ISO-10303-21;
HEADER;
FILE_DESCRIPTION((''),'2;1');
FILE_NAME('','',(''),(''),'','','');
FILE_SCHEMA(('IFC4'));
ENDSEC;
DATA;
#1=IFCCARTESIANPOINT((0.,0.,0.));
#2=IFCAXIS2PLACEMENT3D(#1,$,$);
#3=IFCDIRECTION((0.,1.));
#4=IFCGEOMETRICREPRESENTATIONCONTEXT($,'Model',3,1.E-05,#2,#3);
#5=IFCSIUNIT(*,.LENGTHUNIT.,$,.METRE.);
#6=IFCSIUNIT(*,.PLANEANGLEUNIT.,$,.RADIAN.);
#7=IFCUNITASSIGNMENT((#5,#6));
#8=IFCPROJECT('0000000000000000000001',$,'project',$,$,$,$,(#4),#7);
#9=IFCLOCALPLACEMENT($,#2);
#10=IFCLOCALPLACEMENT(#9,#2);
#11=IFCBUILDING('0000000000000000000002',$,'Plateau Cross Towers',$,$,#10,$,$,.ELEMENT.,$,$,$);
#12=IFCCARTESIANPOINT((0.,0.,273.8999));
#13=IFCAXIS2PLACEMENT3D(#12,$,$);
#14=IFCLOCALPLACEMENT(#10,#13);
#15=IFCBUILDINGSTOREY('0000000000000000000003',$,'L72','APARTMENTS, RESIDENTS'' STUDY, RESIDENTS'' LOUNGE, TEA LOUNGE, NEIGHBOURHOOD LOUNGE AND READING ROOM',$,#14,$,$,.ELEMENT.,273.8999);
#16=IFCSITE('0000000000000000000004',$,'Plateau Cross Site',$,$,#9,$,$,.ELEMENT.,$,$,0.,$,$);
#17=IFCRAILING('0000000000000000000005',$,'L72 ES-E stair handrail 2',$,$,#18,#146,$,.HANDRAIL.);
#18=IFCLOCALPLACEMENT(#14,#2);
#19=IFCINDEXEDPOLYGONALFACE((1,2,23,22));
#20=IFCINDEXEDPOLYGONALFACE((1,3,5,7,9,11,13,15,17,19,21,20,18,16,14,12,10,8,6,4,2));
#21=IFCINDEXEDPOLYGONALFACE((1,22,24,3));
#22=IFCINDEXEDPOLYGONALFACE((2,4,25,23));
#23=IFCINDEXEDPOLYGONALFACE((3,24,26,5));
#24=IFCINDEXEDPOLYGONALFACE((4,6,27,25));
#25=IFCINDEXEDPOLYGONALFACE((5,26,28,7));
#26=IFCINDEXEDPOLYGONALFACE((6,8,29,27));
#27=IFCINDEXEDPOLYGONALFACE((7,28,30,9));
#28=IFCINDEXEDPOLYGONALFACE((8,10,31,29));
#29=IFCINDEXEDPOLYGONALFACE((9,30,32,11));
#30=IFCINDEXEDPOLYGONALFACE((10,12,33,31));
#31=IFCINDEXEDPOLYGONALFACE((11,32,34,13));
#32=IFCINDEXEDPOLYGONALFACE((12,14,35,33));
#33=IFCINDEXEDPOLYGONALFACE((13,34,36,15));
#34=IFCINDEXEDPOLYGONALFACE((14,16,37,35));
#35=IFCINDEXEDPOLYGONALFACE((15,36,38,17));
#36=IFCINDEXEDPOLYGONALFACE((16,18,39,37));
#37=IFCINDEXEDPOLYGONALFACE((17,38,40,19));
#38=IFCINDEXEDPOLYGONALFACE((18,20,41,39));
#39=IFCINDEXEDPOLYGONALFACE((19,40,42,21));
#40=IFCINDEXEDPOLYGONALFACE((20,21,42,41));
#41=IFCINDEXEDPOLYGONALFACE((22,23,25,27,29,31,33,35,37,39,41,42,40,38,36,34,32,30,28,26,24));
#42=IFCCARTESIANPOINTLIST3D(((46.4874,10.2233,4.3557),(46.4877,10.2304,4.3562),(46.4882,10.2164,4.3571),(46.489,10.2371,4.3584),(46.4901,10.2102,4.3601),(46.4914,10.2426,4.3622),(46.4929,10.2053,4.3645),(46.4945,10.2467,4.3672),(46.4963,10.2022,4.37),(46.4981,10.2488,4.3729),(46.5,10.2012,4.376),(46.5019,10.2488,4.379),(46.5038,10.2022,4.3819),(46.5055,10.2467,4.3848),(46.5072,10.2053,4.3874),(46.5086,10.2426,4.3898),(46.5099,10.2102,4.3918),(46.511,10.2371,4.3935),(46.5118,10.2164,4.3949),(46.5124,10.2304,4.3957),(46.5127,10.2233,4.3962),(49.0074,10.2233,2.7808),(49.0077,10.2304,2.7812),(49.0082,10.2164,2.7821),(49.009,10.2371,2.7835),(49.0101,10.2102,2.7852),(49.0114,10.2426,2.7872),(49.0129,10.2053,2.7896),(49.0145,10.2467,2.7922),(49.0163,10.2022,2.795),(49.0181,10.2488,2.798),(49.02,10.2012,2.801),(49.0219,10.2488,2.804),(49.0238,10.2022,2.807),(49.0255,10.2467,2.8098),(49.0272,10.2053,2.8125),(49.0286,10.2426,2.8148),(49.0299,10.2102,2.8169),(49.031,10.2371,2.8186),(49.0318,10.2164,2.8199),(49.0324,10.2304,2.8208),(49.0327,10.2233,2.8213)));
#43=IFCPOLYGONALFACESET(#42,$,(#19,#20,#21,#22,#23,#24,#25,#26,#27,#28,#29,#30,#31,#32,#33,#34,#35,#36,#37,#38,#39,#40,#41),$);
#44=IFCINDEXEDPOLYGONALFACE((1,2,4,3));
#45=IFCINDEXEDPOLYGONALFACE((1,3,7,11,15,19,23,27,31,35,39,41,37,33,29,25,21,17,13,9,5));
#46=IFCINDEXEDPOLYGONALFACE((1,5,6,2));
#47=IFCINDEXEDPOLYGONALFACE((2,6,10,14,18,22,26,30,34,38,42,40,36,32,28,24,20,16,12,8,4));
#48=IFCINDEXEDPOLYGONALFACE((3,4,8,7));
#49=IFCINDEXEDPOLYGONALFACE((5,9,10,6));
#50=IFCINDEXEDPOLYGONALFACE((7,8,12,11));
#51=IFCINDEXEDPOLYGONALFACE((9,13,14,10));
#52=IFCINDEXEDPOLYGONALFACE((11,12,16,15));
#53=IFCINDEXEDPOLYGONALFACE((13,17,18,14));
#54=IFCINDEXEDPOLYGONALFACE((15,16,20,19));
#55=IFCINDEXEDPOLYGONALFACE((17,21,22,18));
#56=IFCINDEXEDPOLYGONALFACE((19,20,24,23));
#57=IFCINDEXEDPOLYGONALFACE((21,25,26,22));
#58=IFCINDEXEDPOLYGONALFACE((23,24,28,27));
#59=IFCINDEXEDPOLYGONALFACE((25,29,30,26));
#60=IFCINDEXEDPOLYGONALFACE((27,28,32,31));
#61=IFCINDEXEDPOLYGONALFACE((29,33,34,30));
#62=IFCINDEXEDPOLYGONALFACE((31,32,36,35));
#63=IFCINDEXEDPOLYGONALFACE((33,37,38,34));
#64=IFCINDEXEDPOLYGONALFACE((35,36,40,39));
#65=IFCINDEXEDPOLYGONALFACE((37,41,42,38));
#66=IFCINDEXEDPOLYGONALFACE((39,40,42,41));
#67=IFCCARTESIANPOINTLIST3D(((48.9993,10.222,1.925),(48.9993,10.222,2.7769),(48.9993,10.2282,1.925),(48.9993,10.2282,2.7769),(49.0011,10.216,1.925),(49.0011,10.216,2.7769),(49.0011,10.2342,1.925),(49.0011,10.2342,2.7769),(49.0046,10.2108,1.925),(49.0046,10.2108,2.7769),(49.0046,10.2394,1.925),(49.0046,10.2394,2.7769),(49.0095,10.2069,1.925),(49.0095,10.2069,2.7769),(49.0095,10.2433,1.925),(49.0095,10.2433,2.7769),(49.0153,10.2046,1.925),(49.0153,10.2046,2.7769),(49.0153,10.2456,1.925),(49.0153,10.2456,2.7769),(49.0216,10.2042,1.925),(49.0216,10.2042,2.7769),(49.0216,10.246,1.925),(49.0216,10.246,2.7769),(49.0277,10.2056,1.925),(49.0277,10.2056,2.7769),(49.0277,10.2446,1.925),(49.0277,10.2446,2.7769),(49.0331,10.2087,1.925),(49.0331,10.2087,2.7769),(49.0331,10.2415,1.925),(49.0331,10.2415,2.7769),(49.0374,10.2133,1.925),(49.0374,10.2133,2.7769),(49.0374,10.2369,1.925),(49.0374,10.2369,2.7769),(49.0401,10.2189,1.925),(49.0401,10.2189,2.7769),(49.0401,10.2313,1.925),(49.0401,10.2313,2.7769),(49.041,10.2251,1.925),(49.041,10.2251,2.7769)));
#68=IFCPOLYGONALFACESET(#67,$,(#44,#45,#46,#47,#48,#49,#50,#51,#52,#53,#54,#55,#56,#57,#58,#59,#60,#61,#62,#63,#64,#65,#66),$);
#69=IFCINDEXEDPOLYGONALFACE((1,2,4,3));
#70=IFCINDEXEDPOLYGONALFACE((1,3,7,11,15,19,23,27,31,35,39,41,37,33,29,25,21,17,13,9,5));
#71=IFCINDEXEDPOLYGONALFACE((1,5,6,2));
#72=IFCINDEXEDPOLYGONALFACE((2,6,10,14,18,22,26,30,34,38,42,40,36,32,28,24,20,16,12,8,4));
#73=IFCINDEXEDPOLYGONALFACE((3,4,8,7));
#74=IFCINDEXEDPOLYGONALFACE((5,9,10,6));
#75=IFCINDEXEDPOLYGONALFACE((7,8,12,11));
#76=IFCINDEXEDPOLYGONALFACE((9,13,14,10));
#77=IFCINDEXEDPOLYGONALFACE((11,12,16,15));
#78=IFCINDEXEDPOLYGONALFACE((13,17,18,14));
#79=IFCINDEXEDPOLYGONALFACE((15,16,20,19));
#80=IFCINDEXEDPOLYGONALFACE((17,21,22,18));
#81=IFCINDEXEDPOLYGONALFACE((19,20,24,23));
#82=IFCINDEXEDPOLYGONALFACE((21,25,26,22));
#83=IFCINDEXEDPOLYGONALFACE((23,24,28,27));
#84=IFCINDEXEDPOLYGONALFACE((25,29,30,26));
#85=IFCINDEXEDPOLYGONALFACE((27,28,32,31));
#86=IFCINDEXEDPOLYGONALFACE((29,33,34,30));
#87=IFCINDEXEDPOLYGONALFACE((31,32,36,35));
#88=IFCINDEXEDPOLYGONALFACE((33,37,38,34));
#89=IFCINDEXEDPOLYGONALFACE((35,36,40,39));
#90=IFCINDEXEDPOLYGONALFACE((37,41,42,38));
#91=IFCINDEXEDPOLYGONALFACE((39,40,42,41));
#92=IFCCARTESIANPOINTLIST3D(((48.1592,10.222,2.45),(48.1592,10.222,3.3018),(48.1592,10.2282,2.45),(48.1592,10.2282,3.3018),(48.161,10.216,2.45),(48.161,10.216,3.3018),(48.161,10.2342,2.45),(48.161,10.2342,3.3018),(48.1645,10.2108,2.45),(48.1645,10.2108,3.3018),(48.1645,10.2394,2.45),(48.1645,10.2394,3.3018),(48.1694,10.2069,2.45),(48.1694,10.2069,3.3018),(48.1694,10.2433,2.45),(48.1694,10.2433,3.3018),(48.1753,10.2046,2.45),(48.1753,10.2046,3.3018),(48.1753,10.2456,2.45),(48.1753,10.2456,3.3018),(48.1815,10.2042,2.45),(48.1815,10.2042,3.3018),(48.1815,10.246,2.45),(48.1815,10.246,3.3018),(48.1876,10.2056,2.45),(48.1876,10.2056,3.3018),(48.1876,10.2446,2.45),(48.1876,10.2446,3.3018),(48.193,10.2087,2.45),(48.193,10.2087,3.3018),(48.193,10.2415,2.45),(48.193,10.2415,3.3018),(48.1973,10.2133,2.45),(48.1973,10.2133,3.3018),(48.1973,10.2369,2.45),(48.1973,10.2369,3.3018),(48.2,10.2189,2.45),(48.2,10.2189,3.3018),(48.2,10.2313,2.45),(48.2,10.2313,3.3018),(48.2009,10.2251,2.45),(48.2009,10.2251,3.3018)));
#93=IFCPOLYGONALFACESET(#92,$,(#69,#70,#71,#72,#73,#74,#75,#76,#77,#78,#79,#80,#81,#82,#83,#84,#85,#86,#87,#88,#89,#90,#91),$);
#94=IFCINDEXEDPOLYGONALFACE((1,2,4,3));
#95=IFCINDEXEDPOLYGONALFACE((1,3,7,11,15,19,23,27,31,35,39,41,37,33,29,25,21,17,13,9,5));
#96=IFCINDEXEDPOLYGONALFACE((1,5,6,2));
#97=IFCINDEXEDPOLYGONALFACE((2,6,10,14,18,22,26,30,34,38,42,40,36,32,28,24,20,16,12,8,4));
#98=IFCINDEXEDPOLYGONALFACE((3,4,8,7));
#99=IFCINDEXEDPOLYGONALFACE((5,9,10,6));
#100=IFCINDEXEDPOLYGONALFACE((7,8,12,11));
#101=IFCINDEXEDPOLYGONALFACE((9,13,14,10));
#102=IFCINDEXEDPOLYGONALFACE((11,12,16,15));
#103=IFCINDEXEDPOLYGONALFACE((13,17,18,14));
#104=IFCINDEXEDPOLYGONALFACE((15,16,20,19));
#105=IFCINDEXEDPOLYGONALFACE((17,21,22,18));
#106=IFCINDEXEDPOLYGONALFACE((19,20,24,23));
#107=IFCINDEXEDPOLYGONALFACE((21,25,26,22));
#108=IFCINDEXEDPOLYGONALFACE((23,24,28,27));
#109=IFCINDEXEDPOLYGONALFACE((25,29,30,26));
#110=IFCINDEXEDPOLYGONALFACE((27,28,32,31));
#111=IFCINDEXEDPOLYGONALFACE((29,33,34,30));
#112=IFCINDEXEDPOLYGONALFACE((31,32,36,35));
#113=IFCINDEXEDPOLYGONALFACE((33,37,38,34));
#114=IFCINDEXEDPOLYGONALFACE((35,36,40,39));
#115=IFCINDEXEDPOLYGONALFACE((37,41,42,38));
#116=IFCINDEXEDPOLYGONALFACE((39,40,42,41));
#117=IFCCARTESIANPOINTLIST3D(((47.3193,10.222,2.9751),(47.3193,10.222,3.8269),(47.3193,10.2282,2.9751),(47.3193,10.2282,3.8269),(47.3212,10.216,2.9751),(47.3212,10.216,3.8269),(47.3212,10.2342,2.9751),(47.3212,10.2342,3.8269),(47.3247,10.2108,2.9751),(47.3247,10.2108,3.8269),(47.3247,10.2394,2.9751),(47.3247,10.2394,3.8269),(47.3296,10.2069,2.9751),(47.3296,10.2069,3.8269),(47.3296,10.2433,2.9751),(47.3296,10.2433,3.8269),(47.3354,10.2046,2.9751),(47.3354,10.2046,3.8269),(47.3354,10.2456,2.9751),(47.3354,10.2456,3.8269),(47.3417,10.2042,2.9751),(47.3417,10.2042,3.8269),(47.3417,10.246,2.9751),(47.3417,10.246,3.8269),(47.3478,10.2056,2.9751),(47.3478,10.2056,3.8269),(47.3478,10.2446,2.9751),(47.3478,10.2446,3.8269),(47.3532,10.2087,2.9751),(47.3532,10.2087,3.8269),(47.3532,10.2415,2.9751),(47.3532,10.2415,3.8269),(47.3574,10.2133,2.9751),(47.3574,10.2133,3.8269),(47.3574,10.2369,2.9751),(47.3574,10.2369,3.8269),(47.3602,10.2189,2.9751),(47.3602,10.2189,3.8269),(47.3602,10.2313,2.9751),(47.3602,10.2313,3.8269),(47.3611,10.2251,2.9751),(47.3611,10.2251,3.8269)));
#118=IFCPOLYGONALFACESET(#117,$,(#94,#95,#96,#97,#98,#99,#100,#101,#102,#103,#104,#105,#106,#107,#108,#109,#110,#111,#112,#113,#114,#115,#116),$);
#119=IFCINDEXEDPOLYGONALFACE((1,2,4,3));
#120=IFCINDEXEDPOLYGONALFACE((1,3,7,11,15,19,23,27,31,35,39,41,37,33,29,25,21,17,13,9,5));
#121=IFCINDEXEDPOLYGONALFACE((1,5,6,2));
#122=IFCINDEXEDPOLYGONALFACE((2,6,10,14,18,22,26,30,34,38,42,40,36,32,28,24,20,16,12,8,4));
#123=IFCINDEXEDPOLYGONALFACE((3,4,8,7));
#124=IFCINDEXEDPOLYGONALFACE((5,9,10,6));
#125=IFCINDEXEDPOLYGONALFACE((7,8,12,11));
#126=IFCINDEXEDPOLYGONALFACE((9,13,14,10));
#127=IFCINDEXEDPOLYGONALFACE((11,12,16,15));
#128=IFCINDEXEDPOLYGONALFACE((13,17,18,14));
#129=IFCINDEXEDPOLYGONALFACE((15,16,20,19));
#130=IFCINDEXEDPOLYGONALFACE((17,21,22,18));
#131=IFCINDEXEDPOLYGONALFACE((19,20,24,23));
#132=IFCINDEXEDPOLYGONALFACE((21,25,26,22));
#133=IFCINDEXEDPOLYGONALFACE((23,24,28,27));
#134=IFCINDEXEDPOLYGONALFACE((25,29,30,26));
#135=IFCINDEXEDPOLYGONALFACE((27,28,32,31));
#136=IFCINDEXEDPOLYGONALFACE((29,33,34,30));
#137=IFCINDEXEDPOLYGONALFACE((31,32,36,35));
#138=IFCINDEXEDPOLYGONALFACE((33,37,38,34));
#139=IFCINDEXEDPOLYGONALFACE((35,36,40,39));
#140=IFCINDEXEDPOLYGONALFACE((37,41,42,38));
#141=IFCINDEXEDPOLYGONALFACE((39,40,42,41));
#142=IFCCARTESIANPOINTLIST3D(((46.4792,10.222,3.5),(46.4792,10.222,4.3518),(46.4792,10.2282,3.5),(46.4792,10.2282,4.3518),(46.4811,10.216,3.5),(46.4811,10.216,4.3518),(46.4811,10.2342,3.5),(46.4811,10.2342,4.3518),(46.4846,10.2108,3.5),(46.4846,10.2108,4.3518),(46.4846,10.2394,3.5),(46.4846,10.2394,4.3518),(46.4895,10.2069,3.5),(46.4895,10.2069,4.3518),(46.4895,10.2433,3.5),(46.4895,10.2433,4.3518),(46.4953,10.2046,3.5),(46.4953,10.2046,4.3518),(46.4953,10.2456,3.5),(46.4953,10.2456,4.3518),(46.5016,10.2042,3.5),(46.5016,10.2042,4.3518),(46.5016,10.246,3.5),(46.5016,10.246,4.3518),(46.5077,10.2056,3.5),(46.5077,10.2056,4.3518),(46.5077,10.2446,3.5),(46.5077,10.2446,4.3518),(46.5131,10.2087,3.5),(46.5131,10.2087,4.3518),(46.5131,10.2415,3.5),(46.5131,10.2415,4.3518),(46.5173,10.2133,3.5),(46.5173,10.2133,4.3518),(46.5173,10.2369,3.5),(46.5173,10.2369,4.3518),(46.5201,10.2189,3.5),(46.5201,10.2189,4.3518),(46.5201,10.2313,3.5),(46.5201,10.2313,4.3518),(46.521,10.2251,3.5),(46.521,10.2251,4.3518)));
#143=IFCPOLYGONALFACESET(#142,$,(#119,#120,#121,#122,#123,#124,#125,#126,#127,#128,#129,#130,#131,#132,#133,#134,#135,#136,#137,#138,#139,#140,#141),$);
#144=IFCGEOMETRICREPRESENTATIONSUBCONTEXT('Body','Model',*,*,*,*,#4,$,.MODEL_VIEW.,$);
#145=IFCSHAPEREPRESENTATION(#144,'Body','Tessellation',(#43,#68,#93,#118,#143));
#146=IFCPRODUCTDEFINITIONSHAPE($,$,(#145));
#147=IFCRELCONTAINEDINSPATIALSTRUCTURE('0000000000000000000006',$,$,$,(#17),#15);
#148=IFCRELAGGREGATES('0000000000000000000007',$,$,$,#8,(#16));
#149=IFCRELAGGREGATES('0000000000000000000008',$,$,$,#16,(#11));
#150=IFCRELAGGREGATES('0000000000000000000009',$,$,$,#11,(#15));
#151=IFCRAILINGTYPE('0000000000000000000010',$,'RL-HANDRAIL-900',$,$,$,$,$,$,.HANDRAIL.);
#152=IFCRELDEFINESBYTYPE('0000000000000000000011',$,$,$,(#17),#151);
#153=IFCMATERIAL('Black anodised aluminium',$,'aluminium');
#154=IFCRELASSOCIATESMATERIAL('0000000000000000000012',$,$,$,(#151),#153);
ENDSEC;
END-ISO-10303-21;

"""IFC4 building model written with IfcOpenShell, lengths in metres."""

from ifc_helpers import new_model, si_unit, direction, frame, origin, origin_2d, place, context, subcontext, project, spatial, circle, extrude, material, type_object, element, save


model = new_model("IFC4")

# Units and contexts
model_context = context("Model", 3, precision=1e-05, world=origin(), true_north=direction((0.0, 1.0)))
body_context = subcontext(model_context, "Body", "Model", "MODEL_VIEW")
ifc_project = project(units=[si_unit("LENGTHUNIT", "METRE"), si_unit("PLANEANGLEUNIT", "RADIAN")], contexts=[model_context])

# Site, building, storey
site_placement = place(None, origin())
site = spatial("IfcSite", under=ifc_project, at=site_placement, Name="Plateau Cross Site", CompositionType="ELEMENT", RefElevation=0.0)
building_placement = place(site_placement, origin())
building = spatial("IfcBuilding", under=site, at=building_placement, Name="Plateau Cross Towers", CompositionType="ELEMENT")
storey_placement = place(building_placement, frame((0.0, 0.0, 273.8999)))
storey = spatial("IfcBuildingStorey", under=building, at=storey_placement, Name="L72", Description="APARTMENTS, RESIDENTS' STUDY, RESIDENTS' LOUNGE, TEA LOUNGE, NEIGHBOURHOOD LOUNGE AND READING ROOM", CompositionType="ELEMENT", Elevation=273.8999)

# Shared definitions
ifc_material_1 = material(Name="Black anodised aluminium", Category="aluminium")

# Railing
railing_type_1 = type_object("IfcRailingType", Name="RL-HANDRAIL-900", PredefinedType="HANDRAIL", material=ifc_material_1)
railing_1_placement = place(storey_placement, frame((49.02, 10.2251, 1.925)))
element("IfcRailing", 1, at=railing_1_placement, inside=storey, type_object=railing_type_1, Name="L72 ES-E stair handrail 2", PredefinedType="HANDRAIL", context=body_context, shape_type="SweptSolid", body=[
    extrude(circle(Radius=0.0239, at=origin_2d()), frame((0.0, 0.0, 0.876), z_axis=(-0.848008, 0.0, 0.529984), x_axis=(0.0, -1.0, 0.0)), (0.0, 0.0, 1.0), 2.9717),
    extrude(circle(Radius=0.021, at=origin_2d()), origin(), (0.0, 0.0, 1.0), 0.8518),
    extrude(circle(Radius=0.021, at=origin_2d()), frame((-0.8401, 0.0, 0.5249)), (0.0, 0.0, 1.0), 0.8518),
    extrude(circle(Radius=0.021, at=origin_2d()), frame((-1.6799, 0.0, 1.05)), (0.0, 0.0, 1.0), 0.8518),
    extrude(circle(Radius=0.021, at=origin_2d()), frame((-2.52, 0.0, 1.575)), (0.0, 0.0, 1.0), 0.8518),
])

save(model, "model.ifc")
